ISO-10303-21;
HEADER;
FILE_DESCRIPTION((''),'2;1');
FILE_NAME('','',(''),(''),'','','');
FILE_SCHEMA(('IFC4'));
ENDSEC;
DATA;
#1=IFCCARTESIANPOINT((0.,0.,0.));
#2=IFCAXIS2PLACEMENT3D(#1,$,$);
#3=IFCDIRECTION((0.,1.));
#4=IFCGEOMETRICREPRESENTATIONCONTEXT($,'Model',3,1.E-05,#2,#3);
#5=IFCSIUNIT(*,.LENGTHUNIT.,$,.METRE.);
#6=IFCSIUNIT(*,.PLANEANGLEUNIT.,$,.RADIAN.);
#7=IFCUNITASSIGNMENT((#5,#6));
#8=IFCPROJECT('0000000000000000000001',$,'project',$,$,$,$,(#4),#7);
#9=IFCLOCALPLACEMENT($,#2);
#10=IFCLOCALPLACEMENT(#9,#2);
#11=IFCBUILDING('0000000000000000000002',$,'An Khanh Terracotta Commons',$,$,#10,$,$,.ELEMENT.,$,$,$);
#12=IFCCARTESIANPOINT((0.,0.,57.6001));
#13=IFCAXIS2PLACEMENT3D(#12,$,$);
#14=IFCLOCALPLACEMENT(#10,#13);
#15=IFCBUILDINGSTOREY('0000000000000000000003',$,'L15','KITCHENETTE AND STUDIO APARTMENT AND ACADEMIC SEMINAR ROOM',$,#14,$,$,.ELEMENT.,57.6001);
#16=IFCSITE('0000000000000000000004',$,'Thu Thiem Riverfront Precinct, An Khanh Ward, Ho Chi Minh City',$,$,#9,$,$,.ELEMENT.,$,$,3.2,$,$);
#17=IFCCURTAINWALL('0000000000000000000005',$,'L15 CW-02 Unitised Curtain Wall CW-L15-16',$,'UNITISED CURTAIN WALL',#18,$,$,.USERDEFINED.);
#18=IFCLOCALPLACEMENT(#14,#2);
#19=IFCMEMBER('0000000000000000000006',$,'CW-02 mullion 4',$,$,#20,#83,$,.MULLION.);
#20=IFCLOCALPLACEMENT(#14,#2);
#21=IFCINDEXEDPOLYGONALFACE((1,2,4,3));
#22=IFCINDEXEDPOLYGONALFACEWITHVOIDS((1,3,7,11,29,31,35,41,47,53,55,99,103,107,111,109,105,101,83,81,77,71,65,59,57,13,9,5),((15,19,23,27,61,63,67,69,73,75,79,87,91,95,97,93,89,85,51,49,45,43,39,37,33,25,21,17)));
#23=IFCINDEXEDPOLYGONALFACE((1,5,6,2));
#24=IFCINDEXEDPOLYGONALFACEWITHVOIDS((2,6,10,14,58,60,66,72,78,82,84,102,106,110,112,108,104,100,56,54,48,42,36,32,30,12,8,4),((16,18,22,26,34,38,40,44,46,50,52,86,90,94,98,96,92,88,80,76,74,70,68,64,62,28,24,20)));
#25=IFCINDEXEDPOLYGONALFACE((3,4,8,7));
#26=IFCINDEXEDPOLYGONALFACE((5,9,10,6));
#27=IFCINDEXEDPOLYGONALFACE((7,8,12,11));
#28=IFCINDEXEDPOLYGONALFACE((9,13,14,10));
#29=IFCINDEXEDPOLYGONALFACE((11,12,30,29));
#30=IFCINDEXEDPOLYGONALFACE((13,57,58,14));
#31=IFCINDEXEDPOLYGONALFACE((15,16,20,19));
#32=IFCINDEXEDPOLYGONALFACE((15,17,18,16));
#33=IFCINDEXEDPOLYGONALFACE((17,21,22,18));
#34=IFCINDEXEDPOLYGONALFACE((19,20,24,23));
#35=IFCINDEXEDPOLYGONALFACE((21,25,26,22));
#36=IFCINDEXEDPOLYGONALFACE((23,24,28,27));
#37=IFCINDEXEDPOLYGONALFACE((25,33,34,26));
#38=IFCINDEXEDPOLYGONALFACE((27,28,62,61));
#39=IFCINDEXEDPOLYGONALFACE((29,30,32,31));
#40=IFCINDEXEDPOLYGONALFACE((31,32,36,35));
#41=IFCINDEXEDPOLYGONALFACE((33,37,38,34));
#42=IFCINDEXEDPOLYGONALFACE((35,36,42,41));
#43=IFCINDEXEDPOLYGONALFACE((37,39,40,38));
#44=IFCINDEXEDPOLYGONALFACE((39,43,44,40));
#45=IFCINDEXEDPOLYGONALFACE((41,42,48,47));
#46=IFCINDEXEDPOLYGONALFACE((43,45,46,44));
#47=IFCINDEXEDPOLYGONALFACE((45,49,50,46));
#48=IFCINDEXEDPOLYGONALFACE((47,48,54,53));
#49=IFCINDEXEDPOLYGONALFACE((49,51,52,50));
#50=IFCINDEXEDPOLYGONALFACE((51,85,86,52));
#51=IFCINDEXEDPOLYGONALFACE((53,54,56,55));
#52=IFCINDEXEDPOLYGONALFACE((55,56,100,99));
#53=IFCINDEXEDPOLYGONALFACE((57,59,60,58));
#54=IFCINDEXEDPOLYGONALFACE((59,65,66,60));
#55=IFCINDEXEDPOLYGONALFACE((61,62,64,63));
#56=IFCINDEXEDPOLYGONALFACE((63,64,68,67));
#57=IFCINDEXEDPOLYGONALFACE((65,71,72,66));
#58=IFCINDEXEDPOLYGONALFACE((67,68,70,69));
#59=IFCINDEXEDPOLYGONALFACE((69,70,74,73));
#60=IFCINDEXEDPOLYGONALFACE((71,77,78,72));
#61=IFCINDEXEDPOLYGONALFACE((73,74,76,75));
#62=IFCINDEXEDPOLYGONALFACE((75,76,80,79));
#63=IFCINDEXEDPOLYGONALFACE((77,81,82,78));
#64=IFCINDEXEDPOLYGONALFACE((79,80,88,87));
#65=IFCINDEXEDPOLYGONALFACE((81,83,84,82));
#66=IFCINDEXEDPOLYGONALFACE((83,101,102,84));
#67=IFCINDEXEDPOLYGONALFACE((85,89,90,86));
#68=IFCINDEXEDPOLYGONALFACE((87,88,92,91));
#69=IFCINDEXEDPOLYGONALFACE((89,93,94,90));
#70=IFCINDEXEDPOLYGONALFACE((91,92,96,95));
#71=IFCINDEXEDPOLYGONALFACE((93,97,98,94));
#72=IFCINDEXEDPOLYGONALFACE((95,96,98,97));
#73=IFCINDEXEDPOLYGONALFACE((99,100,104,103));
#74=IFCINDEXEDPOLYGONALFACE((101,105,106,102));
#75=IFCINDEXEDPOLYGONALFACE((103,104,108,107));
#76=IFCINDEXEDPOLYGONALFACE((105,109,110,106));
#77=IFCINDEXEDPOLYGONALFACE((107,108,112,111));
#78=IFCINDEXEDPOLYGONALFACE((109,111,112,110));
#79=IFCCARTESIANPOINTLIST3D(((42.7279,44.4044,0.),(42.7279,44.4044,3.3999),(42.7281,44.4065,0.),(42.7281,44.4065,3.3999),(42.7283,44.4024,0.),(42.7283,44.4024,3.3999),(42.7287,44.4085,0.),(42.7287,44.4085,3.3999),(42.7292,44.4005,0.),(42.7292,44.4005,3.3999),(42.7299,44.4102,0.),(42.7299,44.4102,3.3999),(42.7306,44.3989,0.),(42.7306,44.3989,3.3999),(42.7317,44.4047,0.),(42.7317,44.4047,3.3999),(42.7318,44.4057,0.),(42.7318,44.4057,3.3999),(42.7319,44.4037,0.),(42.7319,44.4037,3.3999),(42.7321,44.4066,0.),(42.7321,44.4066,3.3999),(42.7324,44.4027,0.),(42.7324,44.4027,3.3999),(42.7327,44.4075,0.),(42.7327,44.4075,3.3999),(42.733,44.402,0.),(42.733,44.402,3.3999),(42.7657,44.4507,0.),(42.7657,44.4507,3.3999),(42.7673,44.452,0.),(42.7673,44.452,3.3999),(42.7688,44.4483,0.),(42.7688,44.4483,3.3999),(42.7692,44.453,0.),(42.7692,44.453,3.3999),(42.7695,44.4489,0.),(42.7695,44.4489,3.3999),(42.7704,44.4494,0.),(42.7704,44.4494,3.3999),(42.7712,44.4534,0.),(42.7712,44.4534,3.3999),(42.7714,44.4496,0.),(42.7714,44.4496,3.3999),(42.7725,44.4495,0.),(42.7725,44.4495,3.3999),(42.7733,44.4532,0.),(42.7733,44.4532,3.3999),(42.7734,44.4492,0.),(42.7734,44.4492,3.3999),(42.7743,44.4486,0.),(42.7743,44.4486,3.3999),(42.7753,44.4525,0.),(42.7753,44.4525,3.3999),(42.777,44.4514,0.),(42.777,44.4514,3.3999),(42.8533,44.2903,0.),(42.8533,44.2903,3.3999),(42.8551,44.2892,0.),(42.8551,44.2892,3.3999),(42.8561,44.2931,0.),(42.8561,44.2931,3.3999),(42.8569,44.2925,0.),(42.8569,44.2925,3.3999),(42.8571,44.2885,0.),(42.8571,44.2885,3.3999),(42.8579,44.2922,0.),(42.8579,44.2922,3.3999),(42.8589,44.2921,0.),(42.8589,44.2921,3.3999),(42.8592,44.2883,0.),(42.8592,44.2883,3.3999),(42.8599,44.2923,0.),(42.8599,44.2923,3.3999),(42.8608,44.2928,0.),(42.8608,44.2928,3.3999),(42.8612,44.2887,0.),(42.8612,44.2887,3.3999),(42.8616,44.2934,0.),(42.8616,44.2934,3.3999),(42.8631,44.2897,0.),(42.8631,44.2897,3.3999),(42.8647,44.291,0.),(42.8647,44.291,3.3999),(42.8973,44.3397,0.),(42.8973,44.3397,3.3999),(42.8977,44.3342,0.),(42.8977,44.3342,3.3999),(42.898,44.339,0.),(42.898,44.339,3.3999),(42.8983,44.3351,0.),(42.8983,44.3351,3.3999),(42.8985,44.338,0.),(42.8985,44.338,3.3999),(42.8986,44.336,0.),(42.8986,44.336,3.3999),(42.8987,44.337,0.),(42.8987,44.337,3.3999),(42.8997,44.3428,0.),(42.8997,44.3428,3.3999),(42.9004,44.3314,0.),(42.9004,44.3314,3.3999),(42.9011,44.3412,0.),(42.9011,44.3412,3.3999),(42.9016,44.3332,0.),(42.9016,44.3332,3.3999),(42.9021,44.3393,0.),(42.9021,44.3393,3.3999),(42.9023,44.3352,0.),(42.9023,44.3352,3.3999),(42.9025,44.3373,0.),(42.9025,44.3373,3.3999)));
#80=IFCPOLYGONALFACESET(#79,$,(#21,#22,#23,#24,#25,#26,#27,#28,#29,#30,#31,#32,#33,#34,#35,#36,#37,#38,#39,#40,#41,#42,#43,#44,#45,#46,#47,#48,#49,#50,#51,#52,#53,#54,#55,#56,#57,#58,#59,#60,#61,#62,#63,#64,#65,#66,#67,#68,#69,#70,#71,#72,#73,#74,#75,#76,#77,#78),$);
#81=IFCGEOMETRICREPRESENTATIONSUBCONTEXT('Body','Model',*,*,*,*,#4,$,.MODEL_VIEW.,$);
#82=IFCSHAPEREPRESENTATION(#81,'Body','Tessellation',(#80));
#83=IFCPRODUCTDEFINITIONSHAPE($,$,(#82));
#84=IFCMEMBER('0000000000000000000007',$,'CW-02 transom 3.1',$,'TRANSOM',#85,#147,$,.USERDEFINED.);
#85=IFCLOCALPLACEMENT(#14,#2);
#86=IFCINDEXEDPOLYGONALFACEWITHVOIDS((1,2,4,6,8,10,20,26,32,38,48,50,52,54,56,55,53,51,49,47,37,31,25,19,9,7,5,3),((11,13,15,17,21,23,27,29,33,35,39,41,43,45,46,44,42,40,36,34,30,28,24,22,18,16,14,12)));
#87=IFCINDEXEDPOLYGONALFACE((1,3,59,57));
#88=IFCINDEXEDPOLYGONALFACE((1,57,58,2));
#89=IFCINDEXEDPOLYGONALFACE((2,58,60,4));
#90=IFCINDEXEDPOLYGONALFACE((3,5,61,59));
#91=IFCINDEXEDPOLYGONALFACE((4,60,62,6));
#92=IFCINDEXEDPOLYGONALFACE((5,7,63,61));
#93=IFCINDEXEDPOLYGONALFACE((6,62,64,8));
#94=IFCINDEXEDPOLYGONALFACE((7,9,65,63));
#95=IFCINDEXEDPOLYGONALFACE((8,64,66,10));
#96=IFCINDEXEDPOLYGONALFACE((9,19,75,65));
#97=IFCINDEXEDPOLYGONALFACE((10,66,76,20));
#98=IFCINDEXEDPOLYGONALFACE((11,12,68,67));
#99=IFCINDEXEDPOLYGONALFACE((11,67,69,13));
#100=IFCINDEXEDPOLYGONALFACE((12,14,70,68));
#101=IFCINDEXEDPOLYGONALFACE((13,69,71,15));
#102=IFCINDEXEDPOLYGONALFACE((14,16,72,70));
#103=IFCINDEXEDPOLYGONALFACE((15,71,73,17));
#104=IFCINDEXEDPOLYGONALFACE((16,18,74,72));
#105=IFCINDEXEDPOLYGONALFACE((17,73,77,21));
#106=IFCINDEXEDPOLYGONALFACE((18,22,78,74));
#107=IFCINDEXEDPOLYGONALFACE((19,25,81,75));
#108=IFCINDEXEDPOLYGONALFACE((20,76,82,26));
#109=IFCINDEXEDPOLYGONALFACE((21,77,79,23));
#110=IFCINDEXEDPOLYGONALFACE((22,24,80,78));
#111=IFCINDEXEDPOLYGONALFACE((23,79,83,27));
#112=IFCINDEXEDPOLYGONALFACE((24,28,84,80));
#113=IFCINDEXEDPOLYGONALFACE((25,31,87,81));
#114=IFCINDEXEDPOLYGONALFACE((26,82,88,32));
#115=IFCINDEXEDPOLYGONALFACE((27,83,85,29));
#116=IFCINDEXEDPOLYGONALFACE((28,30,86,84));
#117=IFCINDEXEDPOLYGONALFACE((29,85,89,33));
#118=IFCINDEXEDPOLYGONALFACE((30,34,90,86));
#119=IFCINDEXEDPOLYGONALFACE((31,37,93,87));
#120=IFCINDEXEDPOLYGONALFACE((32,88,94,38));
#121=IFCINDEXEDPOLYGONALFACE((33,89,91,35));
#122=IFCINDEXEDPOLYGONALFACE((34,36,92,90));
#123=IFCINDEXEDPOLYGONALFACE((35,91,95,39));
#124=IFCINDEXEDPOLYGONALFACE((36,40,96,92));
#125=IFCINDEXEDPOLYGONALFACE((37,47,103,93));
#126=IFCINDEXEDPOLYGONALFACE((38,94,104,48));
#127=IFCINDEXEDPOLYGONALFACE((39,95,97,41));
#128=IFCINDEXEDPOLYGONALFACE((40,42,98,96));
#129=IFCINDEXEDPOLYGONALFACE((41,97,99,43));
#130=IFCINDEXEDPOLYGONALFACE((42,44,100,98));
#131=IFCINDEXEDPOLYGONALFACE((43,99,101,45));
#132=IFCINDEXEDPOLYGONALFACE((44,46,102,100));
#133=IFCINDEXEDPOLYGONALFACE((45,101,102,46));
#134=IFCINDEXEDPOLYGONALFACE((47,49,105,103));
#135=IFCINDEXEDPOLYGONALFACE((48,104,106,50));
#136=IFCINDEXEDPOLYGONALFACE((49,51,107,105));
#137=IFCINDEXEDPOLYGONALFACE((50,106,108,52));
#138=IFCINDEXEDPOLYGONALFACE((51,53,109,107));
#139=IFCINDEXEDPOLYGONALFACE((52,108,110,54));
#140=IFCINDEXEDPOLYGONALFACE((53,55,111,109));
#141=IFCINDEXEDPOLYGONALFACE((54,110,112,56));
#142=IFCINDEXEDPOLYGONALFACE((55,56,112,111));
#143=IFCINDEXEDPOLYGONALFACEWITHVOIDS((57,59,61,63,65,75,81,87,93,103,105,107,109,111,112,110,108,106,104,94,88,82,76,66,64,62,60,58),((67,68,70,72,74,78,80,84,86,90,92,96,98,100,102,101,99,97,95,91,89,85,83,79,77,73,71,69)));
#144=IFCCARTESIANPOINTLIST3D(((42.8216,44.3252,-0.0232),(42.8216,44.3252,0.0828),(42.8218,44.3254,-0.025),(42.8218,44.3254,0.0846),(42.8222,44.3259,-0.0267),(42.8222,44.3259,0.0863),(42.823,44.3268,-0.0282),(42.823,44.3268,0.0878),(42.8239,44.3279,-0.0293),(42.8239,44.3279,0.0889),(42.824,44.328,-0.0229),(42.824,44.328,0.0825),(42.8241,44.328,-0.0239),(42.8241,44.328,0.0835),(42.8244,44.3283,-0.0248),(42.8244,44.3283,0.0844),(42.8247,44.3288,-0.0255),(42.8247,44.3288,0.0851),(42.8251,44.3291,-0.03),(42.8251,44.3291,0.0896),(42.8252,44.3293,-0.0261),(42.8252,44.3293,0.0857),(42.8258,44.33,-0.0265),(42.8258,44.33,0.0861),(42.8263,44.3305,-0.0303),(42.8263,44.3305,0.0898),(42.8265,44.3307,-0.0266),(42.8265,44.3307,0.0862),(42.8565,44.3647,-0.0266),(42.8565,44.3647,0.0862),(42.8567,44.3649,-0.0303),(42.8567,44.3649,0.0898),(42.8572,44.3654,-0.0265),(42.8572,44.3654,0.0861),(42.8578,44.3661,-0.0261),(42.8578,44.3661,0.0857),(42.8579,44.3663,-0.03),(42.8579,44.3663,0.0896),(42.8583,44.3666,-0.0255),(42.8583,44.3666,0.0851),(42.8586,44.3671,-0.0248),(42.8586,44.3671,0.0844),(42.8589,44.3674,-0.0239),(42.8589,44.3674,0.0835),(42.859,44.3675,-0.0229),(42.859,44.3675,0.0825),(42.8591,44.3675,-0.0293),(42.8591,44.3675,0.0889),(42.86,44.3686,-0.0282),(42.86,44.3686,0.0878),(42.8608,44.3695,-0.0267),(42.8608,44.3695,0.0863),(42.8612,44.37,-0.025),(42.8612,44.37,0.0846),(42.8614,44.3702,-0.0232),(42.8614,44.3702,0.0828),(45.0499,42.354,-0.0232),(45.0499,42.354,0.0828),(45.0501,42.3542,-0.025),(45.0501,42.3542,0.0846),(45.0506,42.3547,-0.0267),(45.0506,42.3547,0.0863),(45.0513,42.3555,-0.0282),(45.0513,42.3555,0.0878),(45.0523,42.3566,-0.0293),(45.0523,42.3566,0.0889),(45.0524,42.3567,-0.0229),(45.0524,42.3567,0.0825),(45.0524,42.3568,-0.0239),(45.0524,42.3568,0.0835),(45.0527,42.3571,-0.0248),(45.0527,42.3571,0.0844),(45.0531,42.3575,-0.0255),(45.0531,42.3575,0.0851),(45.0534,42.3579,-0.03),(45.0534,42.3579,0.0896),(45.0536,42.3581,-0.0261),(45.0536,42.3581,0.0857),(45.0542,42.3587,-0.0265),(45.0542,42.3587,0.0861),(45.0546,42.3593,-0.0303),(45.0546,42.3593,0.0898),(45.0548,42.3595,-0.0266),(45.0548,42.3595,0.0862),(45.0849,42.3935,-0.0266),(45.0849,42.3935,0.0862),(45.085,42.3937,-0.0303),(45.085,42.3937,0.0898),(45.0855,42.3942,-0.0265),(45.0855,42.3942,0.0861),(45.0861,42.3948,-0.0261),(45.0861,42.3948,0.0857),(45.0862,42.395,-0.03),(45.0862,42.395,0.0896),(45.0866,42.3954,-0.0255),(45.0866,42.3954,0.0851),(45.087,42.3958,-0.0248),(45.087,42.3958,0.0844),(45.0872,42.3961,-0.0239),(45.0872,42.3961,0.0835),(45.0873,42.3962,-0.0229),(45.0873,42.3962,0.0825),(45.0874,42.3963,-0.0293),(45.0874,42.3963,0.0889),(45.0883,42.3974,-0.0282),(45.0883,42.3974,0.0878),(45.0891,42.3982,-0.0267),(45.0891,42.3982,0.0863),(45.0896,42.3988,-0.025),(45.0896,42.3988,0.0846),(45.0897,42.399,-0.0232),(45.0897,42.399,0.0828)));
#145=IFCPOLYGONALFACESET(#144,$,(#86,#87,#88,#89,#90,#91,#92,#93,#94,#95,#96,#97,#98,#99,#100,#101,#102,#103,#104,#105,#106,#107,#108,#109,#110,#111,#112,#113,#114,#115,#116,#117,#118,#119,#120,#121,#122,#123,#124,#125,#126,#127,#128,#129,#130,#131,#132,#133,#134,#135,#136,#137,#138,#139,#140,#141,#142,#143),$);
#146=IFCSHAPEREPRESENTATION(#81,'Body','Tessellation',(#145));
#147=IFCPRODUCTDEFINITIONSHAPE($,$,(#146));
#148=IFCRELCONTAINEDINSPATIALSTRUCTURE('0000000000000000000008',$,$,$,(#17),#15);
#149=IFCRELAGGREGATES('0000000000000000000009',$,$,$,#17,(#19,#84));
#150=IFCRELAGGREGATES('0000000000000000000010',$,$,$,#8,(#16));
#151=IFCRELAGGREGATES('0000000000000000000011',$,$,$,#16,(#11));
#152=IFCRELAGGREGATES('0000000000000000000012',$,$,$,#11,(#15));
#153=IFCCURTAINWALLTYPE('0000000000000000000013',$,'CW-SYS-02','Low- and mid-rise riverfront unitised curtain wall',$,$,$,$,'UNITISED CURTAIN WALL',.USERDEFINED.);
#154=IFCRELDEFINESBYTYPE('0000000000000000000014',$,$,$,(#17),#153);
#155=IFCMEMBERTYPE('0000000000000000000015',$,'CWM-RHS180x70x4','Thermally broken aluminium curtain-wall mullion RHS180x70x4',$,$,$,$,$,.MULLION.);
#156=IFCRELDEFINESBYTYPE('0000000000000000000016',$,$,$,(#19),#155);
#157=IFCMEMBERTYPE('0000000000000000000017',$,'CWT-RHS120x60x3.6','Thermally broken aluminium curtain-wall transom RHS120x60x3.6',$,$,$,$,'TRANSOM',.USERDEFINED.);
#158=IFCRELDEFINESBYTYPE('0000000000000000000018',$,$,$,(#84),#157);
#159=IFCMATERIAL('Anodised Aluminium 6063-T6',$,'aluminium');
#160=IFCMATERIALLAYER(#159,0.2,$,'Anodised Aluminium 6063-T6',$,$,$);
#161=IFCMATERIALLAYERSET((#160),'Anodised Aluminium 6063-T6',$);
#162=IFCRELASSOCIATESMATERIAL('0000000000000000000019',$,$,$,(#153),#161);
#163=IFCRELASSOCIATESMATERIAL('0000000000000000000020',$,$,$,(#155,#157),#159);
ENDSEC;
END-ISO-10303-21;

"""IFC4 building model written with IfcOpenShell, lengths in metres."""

from ifc_helpers import new_model, si_unit, direction, frame, origin, origin_2d, place, context, subcontext, project, spatial, hollow_rectangle, extrude, material, layer, layer_set, material_profile, profile_set, type_object, element, aggregate, save


model = new_model("IFC4")

# Units and contexts
model_context = context("Model", 3, precision=1e-05, world=origin(), true_north=direction((0.0, 1.0)))
body_context = subcontext(model_context, "Body", "Model", "MODEL_VIEW")
ifc_project = project(units=[si_unit("LENGTHUNIT", "METRE"), si_unit("PLANEANGLEUNIT", "RADIAN")], contexts=[model_context])

# Site, building, storey
site_placement = place(None, origin())
site = spatial("IfcSite", under=ifc_project, at=site_placement, Name="Thu Thiem Riverfront Precinct, An Khanh Ward, Ho Chi Minh City", CompositionType="ELEMENT", RefElevation=3.2)
building_placement = place(site_placement, origin())
building = spatial("IfcBuilding", under=site, at=building_placement, Name="An Khanh Terracotta Commons", CompositionType="ELEMENT")
storey_placement = place(building_placement, frame((0.0, 0.0, 57.6001)))
storey = spatial("IfcBuildingStorey", under=building, at=storey_placement, Name="L15", Description="KITCHENETTE AND STUDIO APARTMENT AND ACADEMIC SEMINAR ROOM", CompositionType="ELEMENT", Elevation=57.6001)

# Curtain wall, members
ifc_material_1 = material(Name="Anodised Aluminium 6063-T6", Category="aluminium")
ifc_layer_1 = layer(ifc_material_1, 0.2, Name="Anodised Aluminium 6063-T6")
ifc_layer_set_1 = layer_set([ifc_layer_1], Name="Anodised Aluminium 6063-T6")
curtain_wall_type = type_object("IfcCurtainWallType", Name="CW-SYS-02", Description="Low- and mid-rise riverfront unitised curtain wall", ElementType="UNITISED CURTAIN WALL", PredefinedType="USERDEFINED", material=ifc_layer_set_1)
curtain_wall_placement = place(storey_placement, origin())
curtain_wall = element("IfcCurtainWall", 1, at=curtain_wall_placement, inside=storey, type_object=curtain_wall_type, Name="L15 CW-02 Unitised Curtain Wall CW-L15-16", ObjectType="UNITISED CURTAIN WALL", PredefinedType="USERDEFINED")
ifc_material_profile_1 = material_profile(ifc_material_1, hollow_rectangle(XDim=0.0701, YDim=0.1799, WallThickness=0.0039, InnerFilletRadius=0.0039, OuterFilletRadius=0.0081, at=origin_2d()), Name="RHS180x70x4")
ifc_profile_set_1 = profile_set([ifc_material_profile_1], Name="Anodised Aluminium 6063-T6")
member_type_1 = type_object("IfcMemberType", Name="CWM-RHS180x70x4", Description="Thermally broken aluminium curtain-wall mullion RHS180x70x4", PredefinedType="MULLION", material=ifc_profile_set_1)
member_1_placement = place(storey_placement, frame((42.8152, 44.3708, 0.0), z_axis=(0.0, 0.0, 1.0), x_axis=(-0.662548, -0.749019, 0.0)))
member_1 = element("IfcMember", 2, at=member_1_placement, type_object=member_type_1, Name="CW-02 mullion 4", PredefinedType="MULLION", context=body_context, shape_type="SweptSolid", body=[
    extrude(hollow_rectangle(XDim=0.0701, YDim=0.1799, WallThickness=0.0039, InnerFilletRadius=0.0039, OuterFilletRadius=0.0081, at=origin_2d()), origin(), (0.0, 0.0, 1.0), 3.3999),
])
ifc_material_profile_2 = material_profile(ifc_material_1, hollow_rectangle(XDim=0.0601, YDim=0.1201, WallThickness=0.0037, InnerFilletRadius=0.0037, OuterFilletRadius=0.0071, at=origin_2d()), Name="RHS120x60x3.6")
ifc_profile_set_2 = profile_set([ifc_material_profile_2], Name="Anodised Aluminium 6063-T6")
member_type_2 = type_object("IfcMemberType", Name="CWT-RHS120x60x3.6", Description="Thermally broken aluminium curtain-wall transom RHS120x60x3.6", ElementType="TRANSOM", PredefinedType="USERDEFINED", material=ifc_profile_set_2)
member_2_placement = place(storey_placement, frame((45.0698, 42.3765, 0.0298), z_axis=(-0.748992, 0.662579, 0.0), x_axis=(-0.662579, -0.748992, 0.0)))
member_2 = element("IfcMember", 3, at=member_2_placement, type_object=member_type_2, Name="CW-02 transom 3.1", ObjectType="TRANSOM", PredefinedType="USERDEFINED", context=body_context, shape_type="SweptSolid", body=[
    extrude(hollow_rectangle(XDim=0.0601, YDim=0.1201, WallThickness=0.0037, InnerFilletRadius=0.0037, OuterFilletRadius=0.0071, at=origin_2d()), origin(), (0.0, 0.0, 1.0), 2.9751),
])
aggregate(curtain_wall, [member_1, member_2])

save(model, "model.ifc")
